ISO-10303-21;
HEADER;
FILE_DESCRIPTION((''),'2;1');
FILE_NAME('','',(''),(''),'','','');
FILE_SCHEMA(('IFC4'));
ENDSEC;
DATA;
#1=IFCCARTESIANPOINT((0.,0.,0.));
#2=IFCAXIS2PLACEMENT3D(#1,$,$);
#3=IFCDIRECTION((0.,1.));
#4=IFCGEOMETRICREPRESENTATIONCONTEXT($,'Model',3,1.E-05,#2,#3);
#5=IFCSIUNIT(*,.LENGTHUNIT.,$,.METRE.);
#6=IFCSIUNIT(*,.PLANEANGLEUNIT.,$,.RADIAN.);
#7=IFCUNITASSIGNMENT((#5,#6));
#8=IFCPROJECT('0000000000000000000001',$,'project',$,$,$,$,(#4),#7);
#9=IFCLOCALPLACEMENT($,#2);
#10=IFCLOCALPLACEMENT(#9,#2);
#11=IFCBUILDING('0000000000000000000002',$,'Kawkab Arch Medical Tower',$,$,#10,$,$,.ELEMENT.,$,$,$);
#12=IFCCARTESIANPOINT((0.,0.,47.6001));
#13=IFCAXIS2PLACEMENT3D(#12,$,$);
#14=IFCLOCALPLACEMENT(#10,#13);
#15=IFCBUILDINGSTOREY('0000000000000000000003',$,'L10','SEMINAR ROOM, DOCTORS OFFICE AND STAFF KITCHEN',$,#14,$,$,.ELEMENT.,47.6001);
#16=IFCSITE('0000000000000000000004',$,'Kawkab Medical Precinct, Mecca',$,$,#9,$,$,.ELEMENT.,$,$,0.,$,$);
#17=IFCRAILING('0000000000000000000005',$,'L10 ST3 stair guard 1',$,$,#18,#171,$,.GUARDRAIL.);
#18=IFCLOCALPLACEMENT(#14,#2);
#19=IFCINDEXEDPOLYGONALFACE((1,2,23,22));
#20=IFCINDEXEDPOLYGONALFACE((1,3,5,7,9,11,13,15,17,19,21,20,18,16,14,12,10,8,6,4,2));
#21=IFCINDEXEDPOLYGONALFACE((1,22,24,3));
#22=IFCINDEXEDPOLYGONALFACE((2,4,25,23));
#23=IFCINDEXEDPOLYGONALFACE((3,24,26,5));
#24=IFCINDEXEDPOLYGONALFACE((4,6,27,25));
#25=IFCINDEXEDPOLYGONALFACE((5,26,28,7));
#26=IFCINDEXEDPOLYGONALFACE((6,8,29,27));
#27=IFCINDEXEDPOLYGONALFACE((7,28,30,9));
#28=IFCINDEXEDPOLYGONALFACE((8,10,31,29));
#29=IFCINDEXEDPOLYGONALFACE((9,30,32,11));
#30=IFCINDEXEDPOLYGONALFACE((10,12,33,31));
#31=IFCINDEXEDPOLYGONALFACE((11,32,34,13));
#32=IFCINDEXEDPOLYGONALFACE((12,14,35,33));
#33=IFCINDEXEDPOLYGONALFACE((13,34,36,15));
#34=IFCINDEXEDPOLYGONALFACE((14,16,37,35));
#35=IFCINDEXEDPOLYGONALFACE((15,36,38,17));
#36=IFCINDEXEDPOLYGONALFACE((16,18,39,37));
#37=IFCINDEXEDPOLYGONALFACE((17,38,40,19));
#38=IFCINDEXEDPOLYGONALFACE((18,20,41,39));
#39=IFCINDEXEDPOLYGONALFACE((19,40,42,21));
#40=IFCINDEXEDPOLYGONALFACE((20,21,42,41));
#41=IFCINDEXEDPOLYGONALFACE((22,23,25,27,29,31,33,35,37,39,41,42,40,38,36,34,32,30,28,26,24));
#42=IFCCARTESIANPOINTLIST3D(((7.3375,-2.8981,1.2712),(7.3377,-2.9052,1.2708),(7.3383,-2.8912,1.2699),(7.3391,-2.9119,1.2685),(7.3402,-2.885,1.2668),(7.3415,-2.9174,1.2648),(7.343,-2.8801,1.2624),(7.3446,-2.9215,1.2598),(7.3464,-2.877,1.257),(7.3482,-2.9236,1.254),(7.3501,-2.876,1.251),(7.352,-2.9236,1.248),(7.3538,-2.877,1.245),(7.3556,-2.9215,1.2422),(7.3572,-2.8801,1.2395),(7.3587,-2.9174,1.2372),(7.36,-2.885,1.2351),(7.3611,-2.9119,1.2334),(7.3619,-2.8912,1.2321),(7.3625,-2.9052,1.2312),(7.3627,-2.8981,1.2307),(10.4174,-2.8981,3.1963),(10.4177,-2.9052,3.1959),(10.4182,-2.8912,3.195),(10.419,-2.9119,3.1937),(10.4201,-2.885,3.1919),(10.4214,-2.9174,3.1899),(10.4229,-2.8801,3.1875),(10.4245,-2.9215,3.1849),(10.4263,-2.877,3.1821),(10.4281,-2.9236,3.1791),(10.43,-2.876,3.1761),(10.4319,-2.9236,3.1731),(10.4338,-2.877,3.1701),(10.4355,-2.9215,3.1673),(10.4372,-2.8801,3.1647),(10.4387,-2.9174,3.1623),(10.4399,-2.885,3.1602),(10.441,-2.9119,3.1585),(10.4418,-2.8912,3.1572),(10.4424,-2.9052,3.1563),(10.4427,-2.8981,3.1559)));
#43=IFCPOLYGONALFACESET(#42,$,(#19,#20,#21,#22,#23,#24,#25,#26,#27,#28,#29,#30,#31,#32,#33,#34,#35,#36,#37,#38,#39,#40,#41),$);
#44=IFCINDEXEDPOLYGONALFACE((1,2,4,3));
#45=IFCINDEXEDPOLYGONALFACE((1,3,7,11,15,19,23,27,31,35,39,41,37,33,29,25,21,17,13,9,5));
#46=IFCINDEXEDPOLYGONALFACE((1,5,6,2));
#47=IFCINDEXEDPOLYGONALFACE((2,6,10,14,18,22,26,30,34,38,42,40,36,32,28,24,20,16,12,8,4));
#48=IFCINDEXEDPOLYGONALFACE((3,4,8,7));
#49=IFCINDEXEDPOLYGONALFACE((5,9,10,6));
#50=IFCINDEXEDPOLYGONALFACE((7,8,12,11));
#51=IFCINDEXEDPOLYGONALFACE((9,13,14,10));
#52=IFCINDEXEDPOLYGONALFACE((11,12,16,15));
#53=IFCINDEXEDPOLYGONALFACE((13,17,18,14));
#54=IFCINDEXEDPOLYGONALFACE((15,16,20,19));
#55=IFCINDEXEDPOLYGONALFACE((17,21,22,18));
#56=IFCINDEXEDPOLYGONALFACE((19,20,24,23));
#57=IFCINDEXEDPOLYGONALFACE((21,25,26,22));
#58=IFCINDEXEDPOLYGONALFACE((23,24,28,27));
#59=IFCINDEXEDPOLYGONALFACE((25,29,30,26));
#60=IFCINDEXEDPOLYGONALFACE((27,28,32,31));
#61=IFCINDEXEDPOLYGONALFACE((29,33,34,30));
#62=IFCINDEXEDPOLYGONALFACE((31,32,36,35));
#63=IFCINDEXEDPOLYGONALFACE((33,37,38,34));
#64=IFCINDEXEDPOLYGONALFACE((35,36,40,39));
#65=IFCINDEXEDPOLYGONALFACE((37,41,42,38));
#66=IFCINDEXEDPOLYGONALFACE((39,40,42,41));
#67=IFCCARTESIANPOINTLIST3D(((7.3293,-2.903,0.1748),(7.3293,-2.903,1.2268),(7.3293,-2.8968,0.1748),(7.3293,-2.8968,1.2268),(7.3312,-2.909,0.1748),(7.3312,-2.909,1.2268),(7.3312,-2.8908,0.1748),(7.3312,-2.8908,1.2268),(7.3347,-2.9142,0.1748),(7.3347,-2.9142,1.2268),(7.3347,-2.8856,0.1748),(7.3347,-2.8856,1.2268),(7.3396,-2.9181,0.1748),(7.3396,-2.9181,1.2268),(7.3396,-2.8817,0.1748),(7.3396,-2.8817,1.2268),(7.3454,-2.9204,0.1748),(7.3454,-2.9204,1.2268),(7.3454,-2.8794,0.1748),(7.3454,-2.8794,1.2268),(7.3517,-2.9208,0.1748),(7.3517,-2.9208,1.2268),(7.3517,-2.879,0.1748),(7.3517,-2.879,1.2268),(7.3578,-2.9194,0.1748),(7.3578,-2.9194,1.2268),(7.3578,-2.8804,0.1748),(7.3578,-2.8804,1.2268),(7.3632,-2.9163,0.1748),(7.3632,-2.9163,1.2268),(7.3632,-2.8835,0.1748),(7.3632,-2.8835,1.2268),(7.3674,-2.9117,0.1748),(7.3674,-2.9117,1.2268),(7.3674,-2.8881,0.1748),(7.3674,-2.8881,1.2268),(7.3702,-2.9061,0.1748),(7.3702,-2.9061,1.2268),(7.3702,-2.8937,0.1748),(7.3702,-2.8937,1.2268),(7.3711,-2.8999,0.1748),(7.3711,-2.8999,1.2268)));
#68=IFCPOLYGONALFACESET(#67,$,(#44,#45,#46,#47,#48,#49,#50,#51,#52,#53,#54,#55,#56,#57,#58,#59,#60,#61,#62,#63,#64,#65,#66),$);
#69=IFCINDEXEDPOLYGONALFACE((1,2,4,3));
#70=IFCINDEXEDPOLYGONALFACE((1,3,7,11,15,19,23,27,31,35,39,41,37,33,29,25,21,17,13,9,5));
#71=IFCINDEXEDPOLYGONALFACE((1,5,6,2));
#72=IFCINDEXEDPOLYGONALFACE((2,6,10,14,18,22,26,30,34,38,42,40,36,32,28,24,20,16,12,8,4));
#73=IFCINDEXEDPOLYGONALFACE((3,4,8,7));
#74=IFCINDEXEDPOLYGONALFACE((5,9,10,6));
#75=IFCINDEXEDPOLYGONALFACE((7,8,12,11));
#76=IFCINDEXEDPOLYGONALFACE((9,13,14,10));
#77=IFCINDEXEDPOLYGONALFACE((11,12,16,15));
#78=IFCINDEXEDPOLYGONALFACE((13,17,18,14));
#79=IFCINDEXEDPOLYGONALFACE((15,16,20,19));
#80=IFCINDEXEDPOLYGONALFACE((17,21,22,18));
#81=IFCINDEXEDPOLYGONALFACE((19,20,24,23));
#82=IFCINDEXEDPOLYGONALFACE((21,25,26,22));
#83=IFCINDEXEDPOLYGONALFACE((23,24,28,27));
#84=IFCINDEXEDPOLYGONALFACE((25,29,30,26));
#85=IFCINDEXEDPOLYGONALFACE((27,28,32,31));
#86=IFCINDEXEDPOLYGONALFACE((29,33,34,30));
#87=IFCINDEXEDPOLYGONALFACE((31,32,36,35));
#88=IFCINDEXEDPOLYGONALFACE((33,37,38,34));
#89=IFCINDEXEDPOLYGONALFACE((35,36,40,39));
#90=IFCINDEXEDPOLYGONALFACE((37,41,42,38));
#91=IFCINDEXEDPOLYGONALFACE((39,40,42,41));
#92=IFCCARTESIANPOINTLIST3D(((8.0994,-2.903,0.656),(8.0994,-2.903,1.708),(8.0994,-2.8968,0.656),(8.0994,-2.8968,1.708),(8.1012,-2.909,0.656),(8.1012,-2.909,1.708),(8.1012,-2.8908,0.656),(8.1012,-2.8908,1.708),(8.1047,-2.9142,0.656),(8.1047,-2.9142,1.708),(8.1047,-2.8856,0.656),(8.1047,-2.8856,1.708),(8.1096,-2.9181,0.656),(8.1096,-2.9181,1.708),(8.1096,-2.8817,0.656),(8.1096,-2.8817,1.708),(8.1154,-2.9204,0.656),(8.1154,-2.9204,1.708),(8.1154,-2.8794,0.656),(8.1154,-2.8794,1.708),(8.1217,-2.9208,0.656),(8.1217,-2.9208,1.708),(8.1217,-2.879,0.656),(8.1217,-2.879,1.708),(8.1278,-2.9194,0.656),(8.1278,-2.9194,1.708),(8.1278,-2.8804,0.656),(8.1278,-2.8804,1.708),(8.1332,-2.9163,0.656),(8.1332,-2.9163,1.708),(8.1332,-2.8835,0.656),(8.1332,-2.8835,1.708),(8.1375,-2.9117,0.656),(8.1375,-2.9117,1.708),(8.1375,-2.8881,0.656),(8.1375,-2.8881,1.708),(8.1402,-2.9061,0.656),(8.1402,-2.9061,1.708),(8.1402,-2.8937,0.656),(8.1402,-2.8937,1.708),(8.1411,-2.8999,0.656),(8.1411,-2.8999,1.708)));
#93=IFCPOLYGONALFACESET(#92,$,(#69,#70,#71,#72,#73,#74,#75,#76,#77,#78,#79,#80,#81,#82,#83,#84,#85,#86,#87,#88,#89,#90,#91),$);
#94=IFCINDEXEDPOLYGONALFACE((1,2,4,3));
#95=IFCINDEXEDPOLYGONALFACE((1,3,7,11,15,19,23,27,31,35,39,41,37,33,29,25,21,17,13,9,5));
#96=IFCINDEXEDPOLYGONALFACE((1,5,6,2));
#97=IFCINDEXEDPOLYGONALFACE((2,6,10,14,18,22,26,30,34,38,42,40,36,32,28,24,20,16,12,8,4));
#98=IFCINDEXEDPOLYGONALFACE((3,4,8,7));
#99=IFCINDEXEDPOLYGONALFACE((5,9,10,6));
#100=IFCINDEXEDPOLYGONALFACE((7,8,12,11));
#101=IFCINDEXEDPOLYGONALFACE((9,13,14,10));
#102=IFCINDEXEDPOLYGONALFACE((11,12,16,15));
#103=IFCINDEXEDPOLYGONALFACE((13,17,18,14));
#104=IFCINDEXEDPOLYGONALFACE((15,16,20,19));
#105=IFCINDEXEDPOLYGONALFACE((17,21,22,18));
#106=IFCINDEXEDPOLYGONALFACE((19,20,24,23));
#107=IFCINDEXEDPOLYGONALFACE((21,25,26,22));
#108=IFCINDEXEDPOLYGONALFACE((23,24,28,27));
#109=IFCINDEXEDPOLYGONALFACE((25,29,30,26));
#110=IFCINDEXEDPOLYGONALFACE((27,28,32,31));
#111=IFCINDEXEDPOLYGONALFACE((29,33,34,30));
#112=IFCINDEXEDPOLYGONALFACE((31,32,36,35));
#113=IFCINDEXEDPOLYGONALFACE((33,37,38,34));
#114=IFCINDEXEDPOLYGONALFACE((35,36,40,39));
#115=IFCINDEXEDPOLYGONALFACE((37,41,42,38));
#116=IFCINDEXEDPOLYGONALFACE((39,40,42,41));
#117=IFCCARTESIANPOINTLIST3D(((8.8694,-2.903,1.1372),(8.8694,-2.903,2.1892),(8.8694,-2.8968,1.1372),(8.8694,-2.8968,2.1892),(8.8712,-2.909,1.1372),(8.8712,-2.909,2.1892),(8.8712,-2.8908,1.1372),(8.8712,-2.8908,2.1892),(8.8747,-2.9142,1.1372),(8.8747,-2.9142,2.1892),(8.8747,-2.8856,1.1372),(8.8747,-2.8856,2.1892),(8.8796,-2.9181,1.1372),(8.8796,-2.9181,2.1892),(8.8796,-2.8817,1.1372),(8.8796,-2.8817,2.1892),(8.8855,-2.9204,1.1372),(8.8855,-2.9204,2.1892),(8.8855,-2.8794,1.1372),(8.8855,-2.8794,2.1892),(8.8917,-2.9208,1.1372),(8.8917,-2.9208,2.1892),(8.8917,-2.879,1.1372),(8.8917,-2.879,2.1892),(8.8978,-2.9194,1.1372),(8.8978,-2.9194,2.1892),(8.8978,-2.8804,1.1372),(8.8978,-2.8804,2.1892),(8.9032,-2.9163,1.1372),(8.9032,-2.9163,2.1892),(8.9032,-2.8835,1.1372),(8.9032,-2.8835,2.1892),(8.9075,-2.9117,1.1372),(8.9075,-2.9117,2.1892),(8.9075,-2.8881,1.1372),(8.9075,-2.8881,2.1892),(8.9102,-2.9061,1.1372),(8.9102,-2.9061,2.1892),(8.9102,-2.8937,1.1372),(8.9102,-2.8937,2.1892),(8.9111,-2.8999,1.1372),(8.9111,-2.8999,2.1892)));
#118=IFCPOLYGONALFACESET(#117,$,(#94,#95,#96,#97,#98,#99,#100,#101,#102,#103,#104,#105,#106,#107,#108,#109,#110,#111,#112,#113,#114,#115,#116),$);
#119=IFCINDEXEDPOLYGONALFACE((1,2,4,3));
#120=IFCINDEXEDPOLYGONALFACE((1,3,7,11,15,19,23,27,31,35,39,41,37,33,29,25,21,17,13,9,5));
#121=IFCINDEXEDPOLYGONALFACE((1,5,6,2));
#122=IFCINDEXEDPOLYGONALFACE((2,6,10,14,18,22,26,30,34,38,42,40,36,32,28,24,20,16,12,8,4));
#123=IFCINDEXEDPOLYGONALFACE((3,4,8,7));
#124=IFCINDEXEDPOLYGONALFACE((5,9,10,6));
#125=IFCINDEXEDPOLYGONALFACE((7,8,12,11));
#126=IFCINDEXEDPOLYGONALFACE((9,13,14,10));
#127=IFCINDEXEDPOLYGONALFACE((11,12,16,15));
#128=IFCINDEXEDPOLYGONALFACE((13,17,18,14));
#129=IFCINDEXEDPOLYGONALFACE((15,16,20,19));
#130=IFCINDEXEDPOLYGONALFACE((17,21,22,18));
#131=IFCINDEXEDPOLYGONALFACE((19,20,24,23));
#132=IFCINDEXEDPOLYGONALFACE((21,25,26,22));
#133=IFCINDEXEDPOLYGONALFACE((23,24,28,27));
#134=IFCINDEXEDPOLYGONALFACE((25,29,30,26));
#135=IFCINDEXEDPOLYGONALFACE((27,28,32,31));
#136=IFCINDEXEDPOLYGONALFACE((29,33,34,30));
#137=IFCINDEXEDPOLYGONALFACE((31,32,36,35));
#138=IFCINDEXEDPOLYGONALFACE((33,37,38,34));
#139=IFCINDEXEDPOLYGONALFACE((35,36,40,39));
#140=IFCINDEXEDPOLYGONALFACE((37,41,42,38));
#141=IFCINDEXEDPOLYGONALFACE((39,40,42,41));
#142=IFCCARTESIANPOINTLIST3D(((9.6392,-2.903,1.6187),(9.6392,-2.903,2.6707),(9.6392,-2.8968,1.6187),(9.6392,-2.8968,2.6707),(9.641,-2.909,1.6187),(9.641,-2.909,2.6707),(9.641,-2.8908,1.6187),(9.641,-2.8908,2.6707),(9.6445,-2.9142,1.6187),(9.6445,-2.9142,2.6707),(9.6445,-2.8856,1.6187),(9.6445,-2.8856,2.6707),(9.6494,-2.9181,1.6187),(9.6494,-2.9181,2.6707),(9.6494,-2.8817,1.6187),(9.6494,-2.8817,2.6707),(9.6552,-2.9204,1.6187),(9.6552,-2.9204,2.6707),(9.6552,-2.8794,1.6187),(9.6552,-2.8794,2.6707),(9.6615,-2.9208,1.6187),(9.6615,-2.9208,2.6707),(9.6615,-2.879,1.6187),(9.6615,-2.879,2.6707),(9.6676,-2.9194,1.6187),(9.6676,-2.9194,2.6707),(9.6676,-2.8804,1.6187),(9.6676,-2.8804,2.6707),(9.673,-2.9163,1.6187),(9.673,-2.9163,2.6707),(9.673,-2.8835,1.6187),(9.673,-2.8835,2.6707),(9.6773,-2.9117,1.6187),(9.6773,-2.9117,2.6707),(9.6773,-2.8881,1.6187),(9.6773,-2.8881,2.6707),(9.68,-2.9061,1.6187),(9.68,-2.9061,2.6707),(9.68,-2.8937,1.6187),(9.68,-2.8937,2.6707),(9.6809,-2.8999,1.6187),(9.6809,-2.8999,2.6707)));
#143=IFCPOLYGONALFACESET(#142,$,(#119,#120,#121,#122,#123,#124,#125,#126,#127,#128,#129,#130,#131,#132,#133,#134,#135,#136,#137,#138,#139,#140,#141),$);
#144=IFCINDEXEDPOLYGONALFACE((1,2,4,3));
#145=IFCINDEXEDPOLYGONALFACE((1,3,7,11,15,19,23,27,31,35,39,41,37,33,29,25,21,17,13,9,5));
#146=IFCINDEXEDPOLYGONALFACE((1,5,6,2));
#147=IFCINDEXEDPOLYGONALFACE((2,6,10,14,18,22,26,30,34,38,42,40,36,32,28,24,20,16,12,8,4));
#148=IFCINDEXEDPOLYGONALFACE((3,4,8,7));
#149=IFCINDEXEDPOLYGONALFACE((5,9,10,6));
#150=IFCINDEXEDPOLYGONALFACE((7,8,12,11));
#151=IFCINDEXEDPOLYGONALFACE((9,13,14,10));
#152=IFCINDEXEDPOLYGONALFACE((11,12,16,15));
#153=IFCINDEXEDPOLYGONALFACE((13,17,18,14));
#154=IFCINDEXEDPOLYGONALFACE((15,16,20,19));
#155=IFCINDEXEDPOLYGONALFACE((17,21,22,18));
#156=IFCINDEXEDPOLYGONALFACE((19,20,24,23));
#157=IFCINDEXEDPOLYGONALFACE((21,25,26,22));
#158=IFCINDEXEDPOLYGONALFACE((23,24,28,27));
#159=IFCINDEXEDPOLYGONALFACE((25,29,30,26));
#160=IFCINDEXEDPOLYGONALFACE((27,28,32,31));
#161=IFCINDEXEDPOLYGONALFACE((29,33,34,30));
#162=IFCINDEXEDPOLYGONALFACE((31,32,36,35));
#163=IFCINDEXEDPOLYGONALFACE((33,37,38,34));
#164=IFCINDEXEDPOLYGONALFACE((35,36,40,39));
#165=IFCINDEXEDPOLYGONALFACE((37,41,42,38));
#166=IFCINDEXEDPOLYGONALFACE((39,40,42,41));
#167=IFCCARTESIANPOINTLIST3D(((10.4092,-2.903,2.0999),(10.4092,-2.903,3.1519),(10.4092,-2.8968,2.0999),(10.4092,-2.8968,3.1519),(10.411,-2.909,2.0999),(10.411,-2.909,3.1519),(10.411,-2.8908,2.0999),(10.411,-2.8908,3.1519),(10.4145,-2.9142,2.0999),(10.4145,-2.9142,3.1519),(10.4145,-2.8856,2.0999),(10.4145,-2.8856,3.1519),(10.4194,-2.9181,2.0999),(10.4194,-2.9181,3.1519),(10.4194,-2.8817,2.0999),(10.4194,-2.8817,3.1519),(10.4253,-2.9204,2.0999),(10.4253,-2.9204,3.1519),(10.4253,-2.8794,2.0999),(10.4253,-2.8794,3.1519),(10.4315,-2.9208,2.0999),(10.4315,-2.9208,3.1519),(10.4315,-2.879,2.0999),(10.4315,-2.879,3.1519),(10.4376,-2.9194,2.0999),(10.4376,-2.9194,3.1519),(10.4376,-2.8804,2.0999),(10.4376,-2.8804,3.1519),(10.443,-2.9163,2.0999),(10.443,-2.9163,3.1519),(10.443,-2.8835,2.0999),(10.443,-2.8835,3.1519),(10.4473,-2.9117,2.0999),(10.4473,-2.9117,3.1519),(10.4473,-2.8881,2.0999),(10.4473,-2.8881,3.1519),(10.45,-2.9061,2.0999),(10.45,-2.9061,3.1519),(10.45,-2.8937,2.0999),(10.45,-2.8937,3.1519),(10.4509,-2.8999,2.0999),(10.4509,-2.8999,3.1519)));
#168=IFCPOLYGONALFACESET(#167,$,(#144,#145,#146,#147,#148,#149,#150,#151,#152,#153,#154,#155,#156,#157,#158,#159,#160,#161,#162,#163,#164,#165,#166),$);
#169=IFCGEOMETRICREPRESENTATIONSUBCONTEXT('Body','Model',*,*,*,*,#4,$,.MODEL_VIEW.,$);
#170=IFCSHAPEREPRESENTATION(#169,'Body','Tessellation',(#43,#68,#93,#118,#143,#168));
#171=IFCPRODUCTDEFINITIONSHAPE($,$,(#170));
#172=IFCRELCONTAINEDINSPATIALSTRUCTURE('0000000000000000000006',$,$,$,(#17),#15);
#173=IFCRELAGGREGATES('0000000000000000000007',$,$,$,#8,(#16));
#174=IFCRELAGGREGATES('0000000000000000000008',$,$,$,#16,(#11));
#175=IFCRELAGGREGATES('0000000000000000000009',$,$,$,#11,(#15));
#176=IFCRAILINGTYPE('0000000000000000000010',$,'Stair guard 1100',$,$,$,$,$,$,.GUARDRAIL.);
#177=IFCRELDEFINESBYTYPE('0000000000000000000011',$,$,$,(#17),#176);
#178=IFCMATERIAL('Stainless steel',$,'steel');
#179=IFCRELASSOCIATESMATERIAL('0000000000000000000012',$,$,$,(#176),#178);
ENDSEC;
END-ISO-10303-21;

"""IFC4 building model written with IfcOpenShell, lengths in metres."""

from ifc_helpers import new_model, si_unit, direction, frame, origin, origin_2d, place, context, subcontext, project, spatial, circle, extrude, material, type_object, element, save


model = new_model("IFC4")

# Units and contexts
model_context = context("Model", 3, precision=1e-05, world=origin(), true_north=direction((0.0, 1.0)))
body_context = subcontext(model_context, "Body", "Model", "MODEL_VIEW")
ifc_project = project(units=[si_unit("LENGTHUNIT", "METRE"), si_unit("PLANEANGLEUNIT", "RADIAN")], contexts=[model_context])

# Site, building, storey
site_placement = place(None, origin())
site = spatial("IfcSite", under=ifc_project, at=site_placement, Name="Kawkab Medical Precinct, Mecca", CompositionType="ELEMENT", RefElevation=0.0)
building_placement = place(site_placement, origin())
building = spatial("IfcBuilding", under=site, at=building_placement, Name="Kawkab Arch Medical Tower", CompositionType="ELEMENT")
storey_placement = place(building_placement, frame((0.0, 0.0, 47.6001)))
storey = spatial("IfcBuildingStorey", under=building, at=storey_placement, Name="L10", Description="SEMINAR ROOM, DOCTORS OFFICE AND STAFF KITCHEN", CompositionType="ELEMENT", Elevation=47.6001)

# Railing
ifc_material_1 = material(Name="Stainless steel", Category="steel")
railing_type_1 = type_object("IfcRailingType", Name="Stair guard 1100", PredefinedType="GUARDRAIL", material=ifc_material_1)
railing_1_placement = place(storey_placement, frame((7.3501, -2.8999, 0.1748)))
element("IfcRailing", 1, at=railing_1_placement, inside=storey, type_object=railing_type_1, Name="L10 ST3 stair guard 1", PredefinedType="GUARDRAIL", context=body_context, shape_type="SweptSolid", body=[
    extrude(circle(Radius=0.0239, at=origin_2d()), frame((0.0, 0.0, 1.0762), z_axis=(0.847979, 0.0, 0.530029), x_axis=(0.0, 1.0, 0.0)), (0.0, 0.0, 1.0), 3.6321),
    extrude(circle(Radius=0.021, at=origin_2d()), origin(), (0.0, 0.0, 1.0), 1.052),
    extrude(circle(Radius=0.021, at=origin_2d()), frame((0.77, 0.0, 0.4812)), (0.0, 0.0, 1.0), 1.052),
    extrude(circle(Radius=0.021, at=origin_2d()), frame((1.54, 0.0, 0.9624)), (0.0, 0.0, 1.0), 1.052),
    extrude(circle(Radius=0.021, at=origin_2d()), frame((2.3098, 0.0, 1.4438)), (0.0, 0.0, 1.0), 1.052),
    extrude(circle(Radius=0.021, at=origin_2d()), frame((3.0798, 0.0, 1.925)), (0.0, 0.0, 1.0), 1.052),
])

save(model, "model.ifc")
